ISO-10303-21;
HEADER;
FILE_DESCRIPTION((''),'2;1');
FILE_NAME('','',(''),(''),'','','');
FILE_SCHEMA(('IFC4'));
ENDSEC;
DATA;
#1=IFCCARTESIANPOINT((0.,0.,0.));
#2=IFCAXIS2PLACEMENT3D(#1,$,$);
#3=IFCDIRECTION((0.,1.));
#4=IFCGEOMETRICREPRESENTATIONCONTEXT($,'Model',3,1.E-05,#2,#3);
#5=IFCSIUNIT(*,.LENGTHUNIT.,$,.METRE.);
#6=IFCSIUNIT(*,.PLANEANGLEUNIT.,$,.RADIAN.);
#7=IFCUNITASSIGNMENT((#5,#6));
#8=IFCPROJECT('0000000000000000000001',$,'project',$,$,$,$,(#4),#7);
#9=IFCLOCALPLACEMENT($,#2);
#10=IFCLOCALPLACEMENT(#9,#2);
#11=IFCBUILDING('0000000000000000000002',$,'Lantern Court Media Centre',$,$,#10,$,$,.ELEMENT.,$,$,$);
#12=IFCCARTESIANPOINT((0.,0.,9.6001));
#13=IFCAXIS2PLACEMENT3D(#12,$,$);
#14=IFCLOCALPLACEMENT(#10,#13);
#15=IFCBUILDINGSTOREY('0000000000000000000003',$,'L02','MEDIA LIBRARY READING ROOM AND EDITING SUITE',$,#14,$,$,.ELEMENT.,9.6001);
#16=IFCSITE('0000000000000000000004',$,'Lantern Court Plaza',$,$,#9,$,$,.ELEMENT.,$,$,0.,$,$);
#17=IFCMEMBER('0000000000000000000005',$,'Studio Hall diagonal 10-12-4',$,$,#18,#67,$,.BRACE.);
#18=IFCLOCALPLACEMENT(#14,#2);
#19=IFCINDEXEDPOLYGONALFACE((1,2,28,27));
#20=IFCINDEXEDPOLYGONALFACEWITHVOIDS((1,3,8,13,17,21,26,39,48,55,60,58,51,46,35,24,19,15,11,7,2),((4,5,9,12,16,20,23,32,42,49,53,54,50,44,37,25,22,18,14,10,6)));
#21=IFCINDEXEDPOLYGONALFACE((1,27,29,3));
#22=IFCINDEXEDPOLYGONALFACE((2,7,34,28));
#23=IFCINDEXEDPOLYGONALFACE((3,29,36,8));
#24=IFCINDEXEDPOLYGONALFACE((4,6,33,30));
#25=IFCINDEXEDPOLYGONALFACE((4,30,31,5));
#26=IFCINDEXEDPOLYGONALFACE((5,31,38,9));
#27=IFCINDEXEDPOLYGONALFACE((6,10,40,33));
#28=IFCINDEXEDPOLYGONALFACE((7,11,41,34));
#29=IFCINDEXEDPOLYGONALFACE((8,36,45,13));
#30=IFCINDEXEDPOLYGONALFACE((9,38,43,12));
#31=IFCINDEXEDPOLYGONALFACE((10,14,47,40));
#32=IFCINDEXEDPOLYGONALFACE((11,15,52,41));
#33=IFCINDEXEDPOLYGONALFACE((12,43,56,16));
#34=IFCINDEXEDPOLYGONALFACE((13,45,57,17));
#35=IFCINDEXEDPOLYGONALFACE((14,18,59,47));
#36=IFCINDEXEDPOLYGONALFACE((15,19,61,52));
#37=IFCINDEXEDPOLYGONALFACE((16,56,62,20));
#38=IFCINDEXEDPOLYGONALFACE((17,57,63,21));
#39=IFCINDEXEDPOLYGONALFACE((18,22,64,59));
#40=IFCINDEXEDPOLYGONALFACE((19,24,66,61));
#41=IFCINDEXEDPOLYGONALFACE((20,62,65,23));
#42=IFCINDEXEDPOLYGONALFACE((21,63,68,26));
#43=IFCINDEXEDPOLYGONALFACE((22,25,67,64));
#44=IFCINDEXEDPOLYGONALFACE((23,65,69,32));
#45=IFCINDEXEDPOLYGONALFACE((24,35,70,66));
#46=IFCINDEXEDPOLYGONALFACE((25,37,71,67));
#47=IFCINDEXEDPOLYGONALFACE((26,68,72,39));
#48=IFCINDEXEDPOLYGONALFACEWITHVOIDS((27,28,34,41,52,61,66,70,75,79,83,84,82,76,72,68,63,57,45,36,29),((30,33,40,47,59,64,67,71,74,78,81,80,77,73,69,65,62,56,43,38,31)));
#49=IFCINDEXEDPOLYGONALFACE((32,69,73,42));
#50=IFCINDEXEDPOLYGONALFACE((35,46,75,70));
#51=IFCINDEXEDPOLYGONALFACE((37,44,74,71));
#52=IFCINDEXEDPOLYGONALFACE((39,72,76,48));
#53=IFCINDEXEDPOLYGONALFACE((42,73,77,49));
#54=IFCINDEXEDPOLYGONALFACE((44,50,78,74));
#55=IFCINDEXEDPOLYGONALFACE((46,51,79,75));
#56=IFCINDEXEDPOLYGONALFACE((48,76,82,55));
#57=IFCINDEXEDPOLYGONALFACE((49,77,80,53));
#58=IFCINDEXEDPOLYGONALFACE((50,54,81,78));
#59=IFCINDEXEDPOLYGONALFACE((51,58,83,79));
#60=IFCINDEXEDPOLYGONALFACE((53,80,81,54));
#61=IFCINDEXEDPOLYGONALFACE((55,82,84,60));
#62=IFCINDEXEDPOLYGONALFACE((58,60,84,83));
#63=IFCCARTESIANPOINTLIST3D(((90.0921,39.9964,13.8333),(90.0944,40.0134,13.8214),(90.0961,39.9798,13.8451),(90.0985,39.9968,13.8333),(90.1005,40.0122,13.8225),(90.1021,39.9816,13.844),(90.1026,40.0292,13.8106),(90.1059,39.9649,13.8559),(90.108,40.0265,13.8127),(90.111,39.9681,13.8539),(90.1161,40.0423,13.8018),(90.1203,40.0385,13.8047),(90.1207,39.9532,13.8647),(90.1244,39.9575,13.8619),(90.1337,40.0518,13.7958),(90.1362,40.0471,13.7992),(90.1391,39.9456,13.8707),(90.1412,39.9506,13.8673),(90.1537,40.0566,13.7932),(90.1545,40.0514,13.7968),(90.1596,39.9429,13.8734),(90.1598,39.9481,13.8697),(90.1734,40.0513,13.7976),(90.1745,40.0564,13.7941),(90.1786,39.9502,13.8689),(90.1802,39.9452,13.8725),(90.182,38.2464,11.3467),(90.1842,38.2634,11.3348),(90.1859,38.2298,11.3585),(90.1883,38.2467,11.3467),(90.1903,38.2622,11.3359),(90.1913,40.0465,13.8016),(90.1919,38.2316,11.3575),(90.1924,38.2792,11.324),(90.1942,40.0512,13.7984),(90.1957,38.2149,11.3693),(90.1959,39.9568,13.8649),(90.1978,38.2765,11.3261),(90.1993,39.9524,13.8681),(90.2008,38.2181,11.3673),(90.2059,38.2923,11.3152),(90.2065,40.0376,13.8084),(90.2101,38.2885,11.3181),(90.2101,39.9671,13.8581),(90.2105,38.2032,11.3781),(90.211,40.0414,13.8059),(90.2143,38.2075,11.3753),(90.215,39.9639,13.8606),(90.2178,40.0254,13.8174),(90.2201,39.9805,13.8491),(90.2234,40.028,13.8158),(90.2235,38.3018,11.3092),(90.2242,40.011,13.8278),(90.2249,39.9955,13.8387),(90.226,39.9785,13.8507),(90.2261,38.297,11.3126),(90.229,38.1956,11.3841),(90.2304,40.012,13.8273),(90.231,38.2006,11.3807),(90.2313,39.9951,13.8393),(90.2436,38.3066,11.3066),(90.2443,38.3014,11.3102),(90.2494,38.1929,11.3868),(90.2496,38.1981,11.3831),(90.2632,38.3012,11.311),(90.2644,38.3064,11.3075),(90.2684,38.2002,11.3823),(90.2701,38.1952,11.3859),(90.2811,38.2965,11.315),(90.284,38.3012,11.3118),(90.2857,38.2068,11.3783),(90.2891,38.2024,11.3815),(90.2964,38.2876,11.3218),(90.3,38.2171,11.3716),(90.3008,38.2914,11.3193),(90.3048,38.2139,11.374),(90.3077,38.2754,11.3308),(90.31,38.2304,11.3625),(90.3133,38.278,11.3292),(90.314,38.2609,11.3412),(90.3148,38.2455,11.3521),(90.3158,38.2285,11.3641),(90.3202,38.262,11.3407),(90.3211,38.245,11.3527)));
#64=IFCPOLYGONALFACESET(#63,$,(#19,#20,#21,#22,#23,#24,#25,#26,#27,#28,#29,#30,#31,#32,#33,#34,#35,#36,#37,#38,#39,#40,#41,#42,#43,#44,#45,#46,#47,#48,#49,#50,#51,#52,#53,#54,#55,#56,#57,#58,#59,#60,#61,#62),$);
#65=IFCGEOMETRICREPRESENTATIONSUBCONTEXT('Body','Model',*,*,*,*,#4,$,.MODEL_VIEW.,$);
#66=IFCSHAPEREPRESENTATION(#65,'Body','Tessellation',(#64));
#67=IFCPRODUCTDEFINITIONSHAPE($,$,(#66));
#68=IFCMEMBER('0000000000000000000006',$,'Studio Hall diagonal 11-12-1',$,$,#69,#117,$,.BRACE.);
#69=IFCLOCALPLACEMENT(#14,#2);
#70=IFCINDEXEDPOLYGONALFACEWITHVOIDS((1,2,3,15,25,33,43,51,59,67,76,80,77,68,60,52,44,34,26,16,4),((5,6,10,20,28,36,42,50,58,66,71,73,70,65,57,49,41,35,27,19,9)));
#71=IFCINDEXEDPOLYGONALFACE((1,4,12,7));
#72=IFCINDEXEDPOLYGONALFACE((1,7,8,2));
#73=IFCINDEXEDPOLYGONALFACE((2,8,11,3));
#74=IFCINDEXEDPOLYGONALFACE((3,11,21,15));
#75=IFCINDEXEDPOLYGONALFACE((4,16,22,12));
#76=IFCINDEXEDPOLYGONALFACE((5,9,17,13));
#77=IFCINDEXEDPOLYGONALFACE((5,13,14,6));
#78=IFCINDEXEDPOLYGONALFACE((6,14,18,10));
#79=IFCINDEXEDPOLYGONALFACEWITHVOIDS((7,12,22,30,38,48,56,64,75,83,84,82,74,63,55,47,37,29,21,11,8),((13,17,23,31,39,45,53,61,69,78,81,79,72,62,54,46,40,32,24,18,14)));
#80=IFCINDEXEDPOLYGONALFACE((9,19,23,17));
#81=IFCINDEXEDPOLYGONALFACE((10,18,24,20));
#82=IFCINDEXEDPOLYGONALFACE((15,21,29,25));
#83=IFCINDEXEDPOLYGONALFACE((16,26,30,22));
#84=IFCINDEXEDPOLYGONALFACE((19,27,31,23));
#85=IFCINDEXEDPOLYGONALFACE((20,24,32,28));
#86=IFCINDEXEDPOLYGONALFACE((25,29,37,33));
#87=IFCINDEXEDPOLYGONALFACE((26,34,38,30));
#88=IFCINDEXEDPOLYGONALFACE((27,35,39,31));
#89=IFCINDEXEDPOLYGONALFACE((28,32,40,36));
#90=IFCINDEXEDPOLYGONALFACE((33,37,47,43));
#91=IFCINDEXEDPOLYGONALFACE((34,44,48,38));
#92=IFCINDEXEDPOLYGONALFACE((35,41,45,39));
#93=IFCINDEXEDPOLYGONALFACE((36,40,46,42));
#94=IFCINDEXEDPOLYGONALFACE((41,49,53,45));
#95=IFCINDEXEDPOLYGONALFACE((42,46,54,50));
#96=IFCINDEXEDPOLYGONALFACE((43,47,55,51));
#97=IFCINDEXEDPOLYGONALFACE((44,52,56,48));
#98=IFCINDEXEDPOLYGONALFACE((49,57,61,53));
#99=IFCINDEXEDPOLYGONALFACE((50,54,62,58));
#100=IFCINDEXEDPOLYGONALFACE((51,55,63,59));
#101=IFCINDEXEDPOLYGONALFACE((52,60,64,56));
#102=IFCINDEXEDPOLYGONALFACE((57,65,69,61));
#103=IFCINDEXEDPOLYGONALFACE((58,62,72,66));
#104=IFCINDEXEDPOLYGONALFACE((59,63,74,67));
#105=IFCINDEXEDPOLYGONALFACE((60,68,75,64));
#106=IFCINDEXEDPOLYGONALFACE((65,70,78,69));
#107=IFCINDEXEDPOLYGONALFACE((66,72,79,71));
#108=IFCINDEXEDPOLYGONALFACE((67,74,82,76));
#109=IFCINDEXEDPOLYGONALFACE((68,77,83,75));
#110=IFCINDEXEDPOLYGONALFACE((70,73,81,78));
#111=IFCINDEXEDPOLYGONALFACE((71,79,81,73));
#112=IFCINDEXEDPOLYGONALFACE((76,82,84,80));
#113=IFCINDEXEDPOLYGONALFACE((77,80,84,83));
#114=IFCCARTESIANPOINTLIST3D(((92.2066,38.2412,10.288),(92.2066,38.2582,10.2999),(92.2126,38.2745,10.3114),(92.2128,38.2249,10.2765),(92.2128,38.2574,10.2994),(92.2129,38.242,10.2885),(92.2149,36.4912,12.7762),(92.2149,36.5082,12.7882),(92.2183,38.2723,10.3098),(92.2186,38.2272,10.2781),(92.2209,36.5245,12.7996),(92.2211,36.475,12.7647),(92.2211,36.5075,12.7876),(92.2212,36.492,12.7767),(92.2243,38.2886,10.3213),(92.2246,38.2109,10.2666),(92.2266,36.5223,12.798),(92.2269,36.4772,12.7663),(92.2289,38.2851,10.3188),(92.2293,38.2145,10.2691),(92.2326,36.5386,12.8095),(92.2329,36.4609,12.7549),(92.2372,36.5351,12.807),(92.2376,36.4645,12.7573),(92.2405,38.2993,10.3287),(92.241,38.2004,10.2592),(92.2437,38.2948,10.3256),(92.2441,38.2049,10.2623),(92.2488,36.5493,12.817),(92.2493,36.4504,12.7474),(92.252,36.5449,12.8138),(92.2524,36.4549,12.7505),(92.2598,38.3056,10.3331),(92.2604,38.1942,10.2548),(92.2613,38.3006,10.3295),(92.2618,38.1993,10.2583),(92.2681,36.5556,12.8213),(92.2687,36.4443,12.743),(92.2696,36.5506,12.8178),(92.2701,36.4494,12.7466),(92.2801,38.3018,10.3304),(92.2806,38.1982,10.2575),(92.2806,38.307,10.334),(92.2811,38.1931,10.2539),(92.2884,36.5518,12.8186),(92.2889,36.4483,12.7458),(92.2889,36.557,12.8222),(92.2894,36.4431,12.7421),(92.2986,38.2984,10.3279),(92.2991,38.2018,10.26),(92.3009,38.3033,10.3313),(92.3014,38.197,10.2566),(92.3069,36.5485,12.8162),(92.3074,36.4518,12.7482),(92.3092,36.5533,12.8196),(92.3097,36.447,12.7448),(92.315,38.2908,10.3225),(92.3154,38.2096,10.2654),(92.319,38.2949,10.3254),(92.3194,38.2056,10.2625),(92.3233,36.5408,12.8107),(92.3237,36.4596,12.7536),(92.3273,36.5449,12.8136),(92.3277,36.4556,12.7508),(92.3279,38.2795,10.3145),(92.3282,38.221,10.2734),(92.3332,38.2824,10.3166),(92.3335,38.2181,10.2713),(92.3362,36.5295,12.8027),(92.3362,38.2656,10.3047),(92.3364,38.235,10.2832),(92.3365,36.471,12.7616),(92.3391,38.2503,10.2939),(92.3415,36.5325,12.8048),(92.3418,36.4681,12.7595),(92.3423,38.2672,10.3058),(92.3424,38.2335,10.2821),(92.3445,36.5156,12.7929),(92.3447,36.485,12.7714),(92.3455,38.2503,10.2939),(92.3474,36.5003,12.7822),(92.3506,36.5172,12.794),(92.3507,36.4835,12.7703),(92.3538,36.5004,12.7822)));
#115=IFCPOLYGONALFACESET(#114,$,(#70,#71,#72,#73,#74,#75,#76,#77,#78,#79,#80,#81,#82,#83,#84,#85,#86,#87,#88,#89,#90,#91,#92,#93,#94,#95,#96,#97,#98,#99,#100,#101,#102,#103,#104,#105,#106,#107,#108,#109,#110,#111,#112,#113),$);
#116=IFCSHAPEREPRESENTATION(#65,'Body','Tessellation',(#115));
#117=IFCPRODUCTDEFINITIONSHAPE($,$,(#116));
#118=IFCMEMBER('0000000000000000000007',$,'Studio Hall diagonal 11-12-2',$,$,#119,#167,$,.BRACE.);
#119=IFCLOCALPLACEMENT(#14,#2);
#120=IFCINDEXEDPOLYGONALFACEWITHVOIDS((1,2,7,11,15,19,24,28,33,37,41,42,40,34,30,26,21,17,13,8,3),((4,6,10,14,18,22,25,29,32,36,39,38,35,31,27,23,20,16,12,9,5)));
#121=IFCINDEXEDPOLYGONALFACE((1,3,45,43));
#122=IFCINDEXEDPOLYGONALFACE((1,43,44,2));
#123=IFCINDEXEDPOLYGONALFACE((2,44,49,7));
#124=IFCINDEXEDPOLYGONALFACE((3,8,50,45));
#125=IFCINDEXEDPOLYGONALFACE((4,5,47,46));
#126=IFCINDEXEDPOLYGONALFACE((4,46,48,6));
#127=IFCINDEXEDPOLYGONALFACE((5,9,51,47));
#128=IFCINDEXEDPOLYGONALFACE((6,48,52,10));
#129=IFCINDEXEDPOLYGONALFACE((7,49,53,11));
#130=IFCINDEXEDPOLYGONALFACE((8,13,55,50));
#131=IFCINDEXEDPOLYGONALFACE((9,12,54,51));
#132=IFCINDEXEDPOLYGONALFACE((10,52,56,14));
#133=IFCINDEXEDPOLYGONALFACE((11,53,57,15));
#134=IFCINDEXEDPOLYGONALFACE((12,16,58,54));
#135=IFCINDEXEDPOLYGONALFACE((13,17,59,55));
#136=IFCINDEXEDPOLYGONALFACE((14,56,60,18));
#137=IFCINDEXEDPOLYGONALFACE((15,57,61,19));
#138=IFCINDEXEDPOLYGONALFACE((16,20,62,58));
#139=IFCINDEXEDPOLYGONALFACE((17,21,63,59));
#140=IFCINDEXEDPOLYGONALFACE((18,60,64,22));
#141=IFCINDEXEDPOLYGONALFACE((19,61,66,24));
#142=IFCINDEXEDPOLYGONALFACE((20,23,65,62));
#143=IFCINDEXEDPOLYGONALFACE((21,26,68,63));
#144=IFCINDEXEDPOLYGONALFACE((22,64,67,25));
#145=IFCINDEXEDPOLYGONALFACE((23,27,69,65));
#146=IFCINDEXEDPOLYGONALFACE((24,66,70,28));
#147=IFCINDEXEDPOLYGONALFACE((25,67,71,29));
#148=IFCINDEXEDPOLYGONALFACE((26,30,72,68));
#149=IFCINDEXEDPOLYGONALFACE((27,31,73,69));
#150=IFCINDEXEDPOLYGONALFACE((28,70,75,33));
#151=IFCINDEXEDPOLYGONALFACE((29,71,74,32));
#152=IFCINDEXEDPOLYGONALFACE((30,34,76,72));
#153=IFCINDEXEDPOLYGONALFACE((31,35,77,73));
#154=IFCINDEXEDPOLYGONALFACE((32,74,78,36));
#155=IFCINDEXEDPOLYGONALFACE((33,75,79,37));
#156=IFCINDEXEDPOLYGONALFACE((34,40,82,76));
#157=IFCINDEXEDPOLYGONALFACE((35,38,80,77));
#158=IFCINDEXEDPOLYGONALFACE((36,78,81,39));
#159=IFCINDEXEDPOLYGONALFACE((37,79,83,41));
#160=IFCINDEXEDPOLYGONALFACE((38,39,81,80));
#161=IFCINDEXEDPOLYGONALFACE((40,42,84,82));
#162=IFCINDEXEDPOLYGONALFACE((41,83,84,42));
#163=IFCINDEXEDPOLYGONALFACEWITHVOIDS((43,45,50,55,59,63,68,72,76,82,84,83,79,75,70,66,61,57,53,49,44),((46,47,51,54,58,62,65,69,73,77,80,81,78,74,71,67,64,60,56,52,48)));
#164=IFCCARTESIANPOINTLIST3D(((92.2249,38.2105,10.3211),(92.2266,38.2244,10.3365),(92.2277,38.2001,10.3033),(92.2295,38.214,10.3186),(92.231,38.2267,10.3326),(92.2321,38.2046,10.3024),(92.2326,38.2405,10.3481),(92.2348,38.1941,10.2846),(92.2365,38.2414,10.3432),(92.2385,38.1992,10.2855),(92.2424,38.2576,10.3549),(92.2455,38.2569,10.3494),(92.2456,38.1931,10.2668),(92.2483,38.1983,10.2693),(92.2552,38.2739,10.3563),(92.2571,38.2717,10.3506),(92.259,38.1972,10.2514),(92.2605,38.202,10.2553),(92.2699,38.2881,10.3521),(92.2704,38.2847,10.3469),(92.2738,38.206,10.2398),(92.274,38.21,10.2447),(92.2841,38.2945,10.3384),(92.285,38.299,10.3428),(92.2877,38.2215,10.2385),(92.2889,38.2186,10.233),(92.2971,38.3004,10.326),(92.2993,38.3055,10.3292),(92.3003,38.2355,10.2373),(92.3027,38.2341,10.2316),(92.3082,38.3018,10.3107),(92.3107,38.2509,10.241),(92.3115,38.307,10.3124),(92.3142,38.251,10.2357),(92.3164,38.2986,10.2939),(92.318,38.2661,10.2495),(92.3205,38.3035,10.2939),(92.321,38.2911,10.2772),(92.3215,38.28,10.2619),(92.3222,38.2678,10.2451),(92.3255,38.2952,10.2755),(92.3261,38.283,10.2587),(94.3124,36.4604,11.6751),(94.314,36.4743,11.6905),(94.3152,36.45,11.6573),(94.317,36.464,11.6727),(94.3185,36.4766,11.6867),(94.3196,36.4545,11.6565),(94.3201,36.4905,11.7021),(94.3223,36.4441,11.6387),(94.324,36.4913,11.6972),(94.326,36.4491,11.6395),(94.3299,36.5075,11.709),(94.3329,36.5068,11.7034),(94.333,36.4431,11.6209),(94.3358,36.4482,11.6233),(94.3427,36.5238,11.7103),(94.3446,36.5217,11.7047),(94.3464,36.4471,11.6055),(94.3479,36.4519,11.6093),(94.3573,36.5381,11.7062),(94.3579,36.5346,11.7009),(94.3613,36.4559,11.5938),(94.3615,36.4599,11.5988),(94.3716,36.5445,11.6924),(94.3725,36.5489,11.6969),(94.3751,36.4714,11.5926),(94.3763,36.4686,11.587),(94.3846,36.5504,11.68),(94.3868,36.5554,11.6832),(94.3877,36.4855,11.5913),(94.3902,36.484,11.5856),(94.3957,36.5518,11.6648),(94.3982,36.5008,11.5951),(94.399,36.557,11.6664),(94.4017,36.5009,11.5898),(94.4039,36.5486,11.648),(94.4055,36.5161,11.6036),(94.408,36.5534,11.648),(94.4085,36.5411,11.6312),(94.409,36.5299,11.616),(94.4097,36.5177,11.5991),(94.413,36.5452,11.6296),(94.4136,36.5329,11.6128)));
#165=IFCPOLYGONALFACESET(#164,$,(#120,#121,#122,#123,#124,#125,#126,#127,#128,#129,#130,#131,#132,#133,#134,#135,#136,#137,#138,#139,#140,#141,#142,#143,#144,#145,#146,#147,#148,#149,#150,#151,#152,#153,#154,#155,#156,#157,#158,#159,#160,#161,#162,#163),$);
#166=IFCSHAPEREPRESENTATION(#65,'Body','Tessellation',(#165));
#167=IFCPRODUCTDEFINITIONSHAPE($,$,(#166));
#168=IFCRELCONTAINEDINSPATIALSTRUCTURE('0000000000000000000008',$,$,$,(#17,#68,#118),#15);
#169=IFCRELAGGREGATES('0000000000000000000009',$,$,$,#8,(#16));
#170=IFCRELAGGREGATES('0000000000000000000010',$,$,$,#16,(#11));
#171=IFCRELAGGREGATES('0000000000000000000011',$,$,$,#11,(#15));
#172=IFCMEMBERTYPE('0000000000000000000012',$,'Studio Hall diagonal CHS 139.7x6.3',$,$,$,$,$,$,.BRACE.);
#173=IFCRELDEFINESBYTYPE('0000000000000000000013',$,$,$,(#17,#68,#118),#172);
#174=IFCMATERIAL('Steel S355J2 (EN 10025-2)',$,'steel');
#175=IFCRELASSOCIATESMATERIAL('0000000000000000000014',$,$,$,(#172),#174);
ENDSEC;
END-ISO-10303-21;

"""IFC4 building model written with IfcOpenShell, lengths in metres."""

from ifc_helpers import new_model, si_unit, direction, frame, origin, origin_2d, place, context, subcontext, project, spatial, hollow_circle, extrude, material, material_profile, profile_set, type_object, element, save


model = new_model("IFC4")

# Units and contexts
model_context = context("Model", 3, precision=1e-05, world=origin(), true_north=direction((0.0, 1.0)))
body_context = subcontext(model_context, "Body", "Model", "MODEL_VIEW")
ifc_project = project(units=[si_unit("LENGTHUNIT", "METRE"), si_unit("PLANEANGLEUNIT", "RADIAN")], contexts=[model_context])

# Site, building, storey
site_placement = place(None, origin())
site = spatial("IfcSite", under=ifc_project, at=site_placement, Name="Lantern Court Plaza", CompositionType="ELEMENT", RefElevation=0.0)
building_placement = place(site_placement, origin())
building = spatial("IfcBuilding", under=site, at=building_placement, Name="Lantern Court Media Centre", CompositionType="ELEMENT")
storey_placement = place(building_placement, frame((0.0, 0.0, 9.6001)))
storey = spatial("IfcBuildingStorey", under=building, at=storey_placement, Name="L02", Description="MEDIA LIBRARY READING ROOM AND EDITING SUITE", CompositionType="ELEMENT", Elevation=9.6001)

# Members
ifc_material_1 = material(Name="Steel S355J2 (EN 10025-2)", Category="steel")
ifc_material_profile_1 = material_profile(ifc_material_1, hollow_circle(Radius=0.0698, WallThickness=0.0063, at=origin_2d()), Name="Studio Hall diagonal CHS 139.7x6.3")
ifc_profile_set_1 = profile_set([ifc_material_profile_1], Name="Steel S355J2 (EN 10025-2)")
member_type_1 = type_object("IfcMemberType", Name="Studio Hall diagonal CHS 139.7x6.3", PredefinedType="BRACE", material=ifc_profile_set_1)
for number, where, z_axis, x_axis, name in (
    (1, (90.2517, 38.25, 11.3467), (-0.029535, 0.575284, 0.81742), (-0.998685, -0.051272, 0.0), "Studio Hall diagonal 10-12-4"),
    (2, (92.2756, 38.25, 10.2939), (0.002729, -0.575269, 0.81796), (0.999989, 0.004743, 0.0), "Studio Hall diagonal 11-12-1"),
    (3, (92.2756, 38.25, 10.2939), (0.68622, -0.575301, 0.44512), (0.642456, 0.766322, 0.0), "Studio Hall diagonal 11-12-2"),
):
    element("IfcMember", number, at=place(storey_placement, frame(where, z_axis=z_axis, x_axis=x_axis)), inside=storey, type_object=member_type_1, Name=name, PredefinedType="BRACE", context=body_context, shape_type="SweptSolid", body=[
        extrude(hollow_circle(Radius=0.0698, WallThickness=0.0063, at=origin_2d()), origin(), (0.0, 0.0, 1.0), 3.042),
    ])

save(model, "model.ifc")
